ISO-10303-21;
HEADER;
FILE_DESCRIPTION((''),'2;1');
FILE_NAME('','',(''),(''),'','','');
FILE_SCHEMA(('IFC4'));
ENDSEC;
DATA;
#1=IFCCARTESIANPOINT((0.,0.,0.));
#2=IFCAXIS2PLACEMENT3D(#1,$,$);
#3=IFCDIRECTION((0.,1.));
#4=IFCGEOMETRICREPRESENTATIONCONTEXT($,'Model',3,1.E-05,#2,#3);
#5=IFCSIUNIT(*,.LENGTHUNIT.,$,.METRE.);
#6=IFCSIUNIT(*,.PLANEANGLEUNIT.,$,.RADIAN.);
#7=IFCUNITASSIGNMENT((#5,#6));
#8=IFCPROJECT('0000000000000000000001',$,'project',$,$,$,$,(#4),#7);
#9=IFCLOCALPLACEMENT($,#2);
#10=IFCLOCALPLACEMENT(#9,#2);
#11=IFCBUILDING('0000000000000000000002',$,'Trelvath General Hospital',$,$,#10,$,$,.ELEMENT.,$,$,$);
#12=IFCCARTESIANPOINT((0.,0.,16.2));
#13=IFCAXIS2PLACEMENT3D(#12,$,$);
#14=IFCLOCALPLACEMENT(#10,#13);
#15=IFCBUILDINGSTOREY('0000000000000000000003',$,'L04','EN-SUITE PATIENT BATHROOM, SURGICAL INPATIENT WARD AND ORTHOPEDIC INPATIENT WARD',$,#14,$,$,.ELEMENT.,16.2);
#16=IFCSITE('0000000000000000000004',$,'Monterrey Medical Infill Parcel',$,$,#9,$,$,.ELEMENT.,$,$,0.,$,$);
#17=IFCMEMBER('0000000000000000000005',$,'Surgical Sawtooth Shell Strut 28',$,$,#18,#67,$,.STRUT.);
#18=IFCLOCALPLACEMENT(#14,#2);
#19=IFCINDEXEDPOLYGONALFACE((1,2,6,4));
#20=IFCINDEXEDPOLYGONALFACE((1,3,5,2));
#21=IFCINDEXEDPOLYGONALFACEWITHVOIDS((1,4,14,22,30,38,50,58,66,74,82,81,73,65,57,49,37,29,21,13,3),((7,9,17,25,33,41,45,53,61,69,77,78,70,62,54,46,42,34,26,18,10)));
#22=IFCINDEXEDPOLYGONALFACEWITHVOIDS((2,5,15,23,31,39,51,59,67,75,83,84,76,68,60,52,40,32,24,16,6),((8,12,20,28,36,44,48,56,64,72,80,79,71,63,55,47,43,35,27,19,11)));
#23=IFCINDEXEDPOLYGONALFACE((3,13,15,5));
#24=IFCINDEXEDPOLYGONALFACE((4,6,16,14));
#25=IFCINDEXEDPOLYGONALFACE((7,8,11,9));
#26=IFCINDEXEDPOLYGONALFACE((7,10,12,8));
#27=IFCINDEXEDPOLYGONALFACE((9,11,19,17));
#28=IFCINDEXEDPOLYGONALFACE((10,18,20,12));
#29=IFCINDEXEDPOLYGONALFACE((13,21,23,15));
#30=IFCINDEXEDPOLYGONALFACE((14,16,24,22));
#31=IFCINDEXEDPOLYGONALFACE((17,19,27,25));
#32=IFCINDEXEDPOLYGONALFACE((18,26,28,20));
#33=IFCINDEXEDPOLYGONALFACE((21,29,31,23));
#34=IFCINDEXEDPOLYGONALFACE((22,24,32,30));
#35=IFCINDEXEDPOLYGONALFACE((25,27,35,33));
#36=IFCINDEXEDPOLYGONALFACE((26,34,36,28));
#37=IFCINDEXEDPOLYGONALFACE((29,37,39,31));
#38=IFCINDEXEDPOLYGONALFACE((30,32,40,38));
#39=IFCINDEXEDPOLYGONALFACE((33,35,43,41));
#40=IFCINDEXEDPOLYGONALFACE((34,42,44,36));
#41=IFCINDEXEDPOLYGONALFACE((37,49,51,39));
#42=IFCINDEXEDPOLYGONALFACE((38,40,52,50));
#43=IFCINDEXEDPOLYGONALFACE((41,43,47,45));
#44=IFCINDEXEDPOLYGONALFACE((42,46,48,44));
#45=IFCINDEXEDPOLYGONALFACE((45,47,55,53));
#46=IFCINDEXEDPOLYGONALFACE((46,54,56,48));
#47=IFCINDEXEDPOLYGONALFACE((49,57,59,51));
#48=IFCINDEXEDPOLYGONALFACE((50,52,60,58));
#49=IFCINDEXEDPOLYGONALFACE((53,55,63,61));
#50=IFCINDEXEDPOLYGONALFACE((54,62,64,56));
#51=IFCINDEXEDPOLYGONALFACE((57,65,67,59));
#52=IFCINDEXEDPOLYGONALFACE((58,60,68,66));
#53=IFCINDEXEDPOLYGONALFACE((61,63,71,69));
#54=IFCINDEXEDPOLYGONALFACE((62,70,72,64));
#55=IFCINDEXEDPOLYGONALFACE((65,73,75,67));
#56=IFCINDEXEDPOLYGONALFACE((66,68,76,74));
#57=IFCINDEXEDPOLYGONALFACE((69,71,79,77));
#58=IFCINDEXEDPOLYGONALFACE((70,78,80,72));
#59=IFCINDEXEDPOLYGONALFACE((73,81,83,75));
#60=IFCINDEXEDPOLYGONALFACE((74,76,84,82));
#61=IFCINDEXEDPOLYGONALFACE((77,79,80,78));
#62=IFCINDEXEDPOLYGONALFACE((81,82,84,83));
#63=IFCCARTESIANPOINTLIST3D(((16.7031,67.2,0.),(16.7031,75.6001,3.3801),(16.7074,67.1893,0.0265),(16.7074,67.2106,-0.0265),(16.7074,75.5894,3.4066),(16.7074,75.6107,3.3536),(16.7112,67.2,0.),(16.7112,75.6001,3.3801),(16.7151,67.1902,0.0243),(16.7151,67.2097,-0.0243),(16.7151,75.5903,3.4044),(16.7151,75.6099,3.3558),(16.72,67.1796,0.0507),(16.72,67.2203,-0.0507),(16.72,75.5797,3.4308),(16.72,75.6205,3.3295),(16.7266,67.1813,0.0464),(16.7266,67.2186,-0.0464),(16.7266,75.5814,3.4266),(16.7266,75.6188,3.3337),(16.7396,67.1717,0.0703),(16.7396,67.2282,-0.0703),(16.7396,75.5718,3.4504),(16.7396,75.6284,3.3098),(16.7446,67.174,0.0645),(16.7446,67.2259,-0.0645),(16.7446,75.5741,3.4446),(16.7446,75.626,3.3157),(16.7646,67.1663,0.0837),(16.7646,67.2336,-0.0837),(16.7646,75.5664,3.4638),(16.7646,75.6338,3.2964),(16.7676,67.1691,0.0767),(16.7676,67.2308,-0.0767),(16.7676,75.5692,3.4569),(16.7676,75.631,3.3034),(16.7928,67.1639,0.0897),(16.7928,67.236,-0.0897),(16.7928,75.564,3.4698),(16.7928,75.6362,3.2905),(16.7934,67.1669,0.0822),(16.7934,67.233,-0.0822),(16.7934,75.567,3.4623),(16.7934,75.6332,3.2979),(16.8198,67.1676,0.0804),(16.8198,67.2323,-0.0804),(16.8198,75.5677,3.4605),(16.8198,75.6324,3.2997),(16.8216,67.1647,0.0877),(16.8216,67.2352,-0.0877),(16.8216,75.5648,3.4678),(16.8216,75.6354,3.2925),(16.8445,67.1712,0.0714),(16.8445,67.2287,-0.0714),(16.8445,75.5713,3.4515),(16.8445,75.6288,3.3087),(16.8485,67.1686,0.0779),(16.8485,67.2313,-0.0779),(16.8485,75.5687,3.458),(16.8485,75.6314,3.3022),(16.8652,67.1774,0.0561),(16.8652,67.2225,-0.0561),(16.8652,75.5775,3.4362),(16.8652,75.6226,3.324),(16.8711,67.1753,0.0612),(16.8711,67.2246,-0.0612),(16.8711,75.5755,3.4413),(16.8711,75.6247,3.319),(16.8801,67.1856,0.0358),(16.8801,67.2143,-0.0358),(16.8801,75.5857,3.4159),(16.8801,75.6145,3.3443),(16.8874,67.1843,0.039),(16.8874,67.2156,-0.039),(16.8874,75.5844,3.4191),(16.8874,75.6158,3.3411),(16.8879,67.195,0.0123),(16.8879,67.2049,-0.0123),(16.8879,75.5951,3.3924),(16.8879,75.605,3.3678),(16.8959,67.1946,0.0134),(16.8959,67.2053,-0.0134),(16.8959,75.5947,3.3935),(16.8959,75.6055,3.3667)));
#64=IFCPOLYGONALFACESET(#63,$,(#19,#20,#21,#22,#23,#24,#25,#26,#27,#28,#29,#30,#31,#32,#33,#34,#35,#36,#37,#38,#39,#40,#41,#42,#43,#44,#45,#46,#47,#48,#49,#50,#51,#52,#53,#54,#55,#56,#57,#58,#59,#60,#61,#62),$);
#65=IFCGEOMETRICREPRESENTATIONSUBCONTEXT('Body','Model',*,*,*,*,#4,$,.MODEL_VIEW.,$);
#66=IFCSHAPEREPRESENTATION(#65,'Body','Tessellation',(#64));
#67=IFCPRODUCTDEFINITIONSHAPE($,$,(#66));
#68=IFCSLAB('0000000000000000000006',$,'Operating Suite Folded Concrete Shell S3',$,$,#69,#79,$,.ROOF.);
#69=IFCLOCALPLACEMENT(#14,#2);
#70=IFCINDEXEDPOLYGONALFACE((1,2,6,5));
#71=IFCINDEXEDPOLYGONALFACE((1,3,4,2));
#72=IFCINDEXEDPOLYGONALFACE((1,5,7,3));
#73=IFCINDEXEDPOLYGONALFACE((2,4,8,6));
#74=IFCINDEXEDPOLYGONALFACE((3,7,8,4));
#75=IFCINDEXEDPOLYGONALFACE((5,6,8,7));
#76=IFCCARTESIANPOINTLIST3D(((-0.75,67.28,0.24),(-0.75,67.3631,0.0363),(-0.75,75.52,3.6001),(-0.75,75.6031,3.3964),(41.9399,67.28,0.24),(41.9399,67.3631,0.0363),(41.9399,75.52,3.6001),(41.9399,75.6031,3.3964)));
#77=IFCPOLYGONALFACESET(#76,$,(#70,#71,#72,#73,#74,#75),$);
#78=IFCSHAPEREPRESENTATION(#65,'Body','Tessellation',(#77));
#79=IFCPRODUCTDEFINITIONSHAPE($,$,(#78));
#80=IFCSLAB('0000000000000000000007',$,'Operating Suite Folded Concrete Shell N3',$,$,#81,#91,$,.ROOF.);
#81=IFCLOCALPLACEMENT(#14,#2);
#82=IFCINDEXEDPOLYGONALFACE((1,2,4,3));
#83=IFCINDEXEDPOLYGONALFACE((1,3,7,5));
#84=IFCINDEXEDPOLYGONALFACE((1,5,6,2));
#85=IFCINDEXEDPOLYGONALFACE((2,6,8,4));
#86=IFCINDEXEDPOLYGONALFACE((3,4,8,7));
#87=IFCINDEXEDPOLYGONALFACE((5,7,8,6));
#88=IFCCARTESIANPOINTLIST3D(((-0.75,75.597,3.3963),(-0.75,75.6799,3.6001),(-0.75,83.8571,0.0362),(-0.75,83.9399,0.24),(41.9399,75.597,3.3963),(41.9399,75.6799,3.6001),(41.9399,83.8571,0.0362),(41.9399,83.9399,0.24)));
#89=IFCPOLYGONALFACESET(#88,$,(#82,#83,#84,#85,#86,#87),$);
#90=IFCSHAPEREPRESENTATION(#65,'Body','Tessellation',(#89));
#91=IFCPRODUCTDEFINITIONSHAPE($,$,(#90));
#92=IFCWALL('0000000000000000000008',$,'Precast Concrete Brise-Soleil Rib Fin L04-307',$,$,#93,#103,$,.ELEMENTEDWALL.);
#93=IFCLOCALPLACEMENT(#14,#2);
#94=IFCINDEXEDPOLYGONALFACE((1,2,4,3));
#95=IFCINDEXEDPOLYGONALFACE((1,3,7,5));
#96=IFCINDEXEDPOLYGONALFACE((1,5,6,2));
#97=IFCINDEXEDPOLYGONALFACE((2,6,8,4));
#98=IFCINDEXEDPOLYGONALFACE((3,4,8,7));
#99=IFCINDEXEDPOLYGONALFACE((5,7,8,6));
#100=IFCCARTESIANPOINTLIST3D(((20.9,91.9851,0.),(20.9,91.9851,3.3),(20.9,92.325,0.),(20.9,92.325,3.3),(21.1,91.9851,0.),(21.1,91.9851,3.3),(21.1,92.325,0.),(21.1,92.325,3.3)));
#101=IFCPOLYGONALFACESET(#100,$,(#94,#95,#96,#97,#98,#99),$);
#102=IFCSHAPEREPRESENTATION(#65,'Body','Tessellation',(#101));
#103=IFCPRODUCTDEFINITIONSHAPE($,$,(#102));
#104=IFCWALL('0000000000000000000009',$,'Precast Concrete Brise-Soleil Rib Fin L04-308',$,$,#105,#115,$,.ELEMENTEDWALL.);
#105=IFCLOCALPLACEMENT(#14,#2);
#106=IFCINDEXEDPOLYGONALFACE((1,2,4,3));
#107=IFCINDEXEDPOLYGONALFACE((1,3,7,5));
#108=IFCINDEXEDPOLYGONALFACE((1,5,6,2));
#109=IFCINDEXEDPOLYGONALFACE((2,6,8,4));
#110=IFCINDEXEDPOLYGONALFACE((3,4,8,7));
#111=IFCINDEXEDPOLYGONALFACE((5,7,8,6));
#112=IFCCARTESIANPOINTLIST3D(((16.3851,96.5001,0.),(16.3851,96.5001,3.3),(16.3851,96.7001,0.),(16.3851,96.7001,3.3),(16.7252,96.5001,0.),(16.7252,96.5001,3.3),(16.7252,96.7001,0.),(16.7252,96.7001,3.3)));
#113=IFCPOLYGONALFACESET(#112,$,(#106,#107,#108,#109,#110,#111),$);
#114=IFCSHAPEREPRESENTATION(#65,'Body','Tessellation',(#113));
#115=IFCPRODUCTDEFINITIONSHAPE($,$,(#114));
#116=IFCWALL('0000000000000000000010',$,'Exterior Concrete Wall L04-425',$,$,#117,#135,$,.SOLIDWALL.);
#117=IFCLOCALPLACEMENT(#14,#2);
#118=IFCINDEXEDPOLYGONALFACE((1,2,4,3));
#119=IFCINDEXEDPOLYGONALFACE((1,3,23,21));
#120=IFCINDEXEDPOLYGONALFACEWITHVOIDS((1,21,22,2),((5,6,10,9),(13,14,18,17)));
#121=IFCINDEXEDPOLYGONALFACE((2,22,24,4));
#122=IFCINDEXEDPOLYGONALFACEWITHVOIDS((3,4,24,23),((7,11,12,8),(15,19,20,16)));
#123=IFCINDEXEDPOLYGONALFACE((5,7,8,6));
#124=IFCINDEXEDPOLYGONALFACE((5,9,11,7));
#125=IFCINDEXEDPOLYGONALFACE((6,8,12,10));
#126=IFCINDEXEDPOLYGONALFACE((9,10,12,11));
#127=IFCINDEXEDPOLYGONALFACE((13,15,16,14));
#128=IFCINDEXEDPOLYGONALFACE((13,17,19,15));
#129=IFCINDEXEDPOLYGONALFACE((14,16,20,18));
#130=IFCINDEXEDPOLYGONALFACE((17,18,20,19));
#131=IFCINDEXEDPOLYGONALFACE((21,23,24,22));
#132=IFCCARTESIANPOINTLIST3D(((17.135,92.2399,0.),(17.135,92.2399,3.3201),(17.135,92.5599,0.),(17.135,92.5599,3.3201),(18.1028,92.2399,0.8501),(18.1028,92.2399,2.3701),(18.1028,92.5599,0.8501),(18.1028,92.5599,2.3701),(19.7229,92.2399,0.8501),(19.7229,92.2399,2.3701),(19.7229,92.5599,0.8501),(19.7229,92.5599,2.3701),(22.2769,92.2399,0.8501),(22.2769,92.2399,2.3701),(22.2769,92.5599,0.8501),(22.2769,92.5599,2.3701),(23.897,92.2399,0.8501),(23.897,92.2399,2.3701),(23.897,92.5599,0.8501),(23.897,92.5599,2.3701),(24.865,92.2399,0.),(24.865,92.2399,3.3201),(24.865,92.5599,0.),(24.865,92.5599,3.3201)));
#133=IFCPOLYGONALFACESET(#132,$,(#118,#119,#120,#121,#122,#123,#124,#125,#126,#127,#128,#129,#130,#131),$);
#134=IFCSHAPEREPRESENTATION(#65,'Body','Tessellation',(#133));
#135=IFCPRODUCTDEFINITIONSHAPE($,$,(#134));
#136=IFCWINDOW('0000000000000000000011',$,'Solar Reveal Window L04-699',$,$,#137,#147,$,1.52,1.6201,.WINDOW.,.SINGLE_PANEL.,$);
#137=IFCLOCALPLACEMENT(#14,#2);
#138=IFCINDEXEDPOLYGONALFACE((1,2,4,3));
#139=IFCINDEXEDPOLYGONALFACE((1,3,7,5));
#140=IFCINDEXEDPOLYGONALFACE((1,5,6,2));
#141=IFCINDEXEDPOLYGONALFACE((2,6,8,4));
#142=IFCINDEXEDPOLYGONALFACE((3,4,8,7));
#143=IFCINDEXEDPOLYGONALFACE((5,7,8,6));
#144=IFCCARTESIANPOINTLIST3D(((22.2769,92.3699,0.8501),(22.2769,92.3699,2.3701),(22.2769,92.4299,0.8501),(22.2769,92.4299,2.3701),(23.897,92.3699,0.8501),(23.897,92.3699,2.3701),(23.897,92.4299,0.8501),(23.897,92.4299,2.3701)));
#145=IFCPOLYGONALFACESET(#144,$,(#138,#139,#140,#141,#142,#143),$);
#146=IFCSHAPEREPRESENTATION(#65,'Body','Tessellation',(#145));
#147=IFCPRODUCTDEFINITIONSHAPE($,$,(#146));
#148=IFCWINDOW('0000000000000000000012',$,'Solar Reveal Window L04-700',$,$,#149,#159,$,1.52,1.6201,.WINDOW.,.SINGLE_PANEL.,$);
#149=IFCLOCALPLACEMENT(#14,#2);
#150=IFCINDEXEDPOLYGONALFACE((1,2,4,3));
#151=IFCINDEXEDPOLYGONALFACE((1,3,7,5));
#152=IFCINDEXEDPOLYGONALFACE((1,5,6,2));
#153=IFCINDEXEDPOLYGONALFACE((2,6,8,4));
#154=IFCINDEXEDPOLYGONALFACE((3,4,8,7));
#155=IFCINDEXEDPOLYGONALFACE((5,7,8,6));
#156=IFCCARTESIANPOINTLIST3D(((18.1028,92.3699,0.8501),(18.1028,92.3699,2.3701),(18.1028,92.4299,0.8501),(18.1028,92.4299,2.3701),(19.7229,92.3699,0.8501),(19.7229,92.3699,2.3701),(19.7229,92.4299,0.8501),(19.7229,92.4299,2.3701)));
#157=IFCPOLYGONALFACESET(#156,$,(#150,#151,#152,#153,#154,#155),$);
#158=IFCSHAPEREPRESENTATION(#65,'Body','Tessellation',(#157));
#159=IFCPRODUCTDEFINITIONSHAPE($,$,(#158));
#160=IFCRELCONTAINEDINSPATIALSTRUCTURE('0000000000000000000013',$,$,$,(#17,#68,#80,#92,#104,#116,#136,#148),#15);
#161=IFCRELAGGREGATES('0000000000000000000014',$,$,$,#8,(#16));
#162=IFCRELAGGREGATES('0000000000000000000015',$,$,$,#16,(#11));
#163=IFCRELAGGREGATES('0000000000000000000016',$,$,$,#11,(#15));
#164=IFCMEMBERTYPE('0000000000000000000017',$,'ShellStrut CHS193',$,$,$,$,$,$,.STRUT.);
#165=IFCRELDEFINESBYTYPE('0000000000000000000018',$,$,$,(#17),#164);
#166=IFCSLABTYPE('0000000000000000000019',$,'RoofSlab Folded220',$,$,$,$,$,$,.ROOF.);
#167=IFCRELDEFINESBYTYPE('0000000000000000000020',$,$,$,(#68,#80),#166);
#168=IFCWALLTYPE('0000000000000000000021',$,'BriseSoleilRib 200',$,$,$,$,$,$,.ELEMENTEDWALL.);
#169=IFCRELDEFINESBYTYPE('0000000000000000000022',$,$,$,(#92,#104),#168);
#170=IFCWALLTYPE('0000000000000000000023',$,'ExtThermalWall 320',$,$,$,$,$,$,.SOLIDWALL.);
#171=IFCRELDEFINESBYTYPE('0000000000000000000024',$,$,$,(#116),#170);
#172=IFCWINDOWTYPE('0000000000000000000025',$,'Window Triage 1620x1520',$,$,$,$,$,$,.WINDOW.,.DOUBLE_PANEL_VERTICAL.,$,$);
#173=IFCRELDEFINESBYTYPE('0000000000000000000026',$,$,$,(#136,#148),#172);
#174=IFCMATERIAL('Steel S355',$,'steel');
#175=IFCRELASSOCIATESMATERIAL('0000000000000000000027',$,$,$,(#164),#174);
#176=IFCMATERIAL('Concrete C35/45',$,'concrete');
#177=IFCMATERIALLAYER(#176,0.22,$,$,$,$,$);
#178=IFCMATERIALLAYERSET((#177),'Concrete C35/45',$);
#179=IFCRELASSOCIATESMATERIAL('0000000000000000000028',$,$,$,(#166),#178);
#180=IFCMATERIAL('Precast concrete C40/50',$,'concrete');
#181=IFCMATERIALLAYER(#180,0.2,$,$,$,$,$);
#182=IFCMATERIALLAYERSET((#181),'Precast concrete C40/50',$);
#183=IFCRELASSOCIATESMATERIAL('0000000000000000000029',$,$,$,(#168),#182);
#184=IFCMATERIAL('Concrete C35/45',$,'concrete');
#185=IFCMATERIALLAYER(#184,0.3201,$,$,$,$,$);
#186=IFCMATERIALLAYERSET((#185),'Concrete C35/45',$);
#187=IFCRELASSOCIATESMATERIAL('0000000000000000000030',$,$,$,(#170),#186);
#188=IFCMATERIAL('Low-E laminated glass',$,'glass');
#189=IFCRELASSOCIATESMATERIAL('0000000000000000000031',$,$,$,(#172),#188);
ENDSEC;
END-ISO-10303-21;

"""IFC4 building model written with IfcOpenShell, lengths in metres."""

from ifc_helpers import new_model, si_unit, direction, frame, frame_2d, origin, origin_2d, place, context, subcontext, project, spatial, polyline, rectangle, hollow_circle, outline, extrude, material, layer, layer_set, material_profile, profile_set, type_object, element, fill, save


model = new_model("IFC4")

# Units and contexts
model_context = context("Model", 3, precision=1e-05, world=origin(), true_north=direction((0.0, 1.0)))
body_context = subcontext(model_context, "Body", "Model", "MODEL_VIEW")
ifc_project = project(units=[si_unit("LENGTHUNIT", "METRE"), si_unit("PLANEANGLEUNIT", "RADIAN")], contexts=[model_context])

# Site, building, storey
site_placement = place(None, origin())
site = spatial("IfcSite", under=ifc_project, at=site_placement, Name="Monterrey Medical Infill Parcel", CompositionType="ELEMENT", RefElevation=0.0)
building_placement = place(site_placement, origin())
building = spatial("IfcBuilding", under=site, at=building_placement, Name="Trelvath General Hospital", CompositionType="ELEMENT")
storey_placement = place(building_placement, frame((0.0, 0.0, 16.2)))
storey = spatial("IfcBuildingStorey", under=building, at=storey_placement, Name="L04", Description="EN-SUITE PATIENT BATHROOM, SURGICAL INPATIENT WARD AND ORTHOPEDIC INPATIENT WARD", CompositionType="ELEMENT", Elevation=16.2)

# Member
ifc_material_1 = material(Name="Steel S355", Category="steel")
ifc_material_profile_1 = material_profile(ifc_material_1, hollow_circle(Radius=0.0969, WallThickness=0.0081, at=origin_2d()), Name="CHS193.7x8.0")
ifc_profile_set_1 = profile_set([ifc_material_profile_1], Name="Steel S355")
member_type = type_object("IfcMemberType", Name="ShellStrut CHS193", PredefinedType="STRUT", material=ifc_profile_set_1)
for number, where, z_axis, x_axis, name in (
    (1, (16.8, 67.2, 0.0), (0.0, 0.92771, 0.373301), (-1.0, 0.0, 0.0), "Surgical Sawtooth Shell Strut 28"),
):
    element("IfcMember", number, at=place(storey_placement, frame(where, z_axis=z_axis, x_axis=x_axis)), inside=storey, type_object=member_type, Name=name, PredefinedType="STRUT", context=body_context, shape_type="SweptSolid", body=[
        extrude(hollow_circle(Radius=0.0969, WallThickness=0.0081, at=origin_2d()), origin(), (0.0, 0.0, 1.0), 9.0547),
    ])

# Slabs
ifc_material_2 = material(Name="Concrete C35/45", Category="concrete")
ifc_layer_1 = layer(ifc_material_2, 0.22)
ifc_layer_set_1 = layer_set([ifc_layer_1], Name="Concrete C35/45")
slab_type = type_object("IfcSlabType", Name="RoofSlab Folded220", PredefinedType="ROOF", material=ifc_layer_set_1)
slab_1_placement = place(storey_placement, frame((-0.75, 67.28, 0.24), z_axis=(0.0, -0.377593, 0.925972), x_axis=(1.0, 0.0, 0.0)))
element("IfcSlab", 2, at=slab_1_placement, inside=storey, type_object=slab_type, Name="Operating Suite Folded Concrete Shell S3", PredefinedType="ROOF", context=body_context, shape_type="SweptSolid", body=[
    extrude(outline(polyline([(0.0, 0.0), (42.6899, 0.0), (42.6899, 8.8988), (0.0, 8.8988), (0.0, 0.0)])), origin(), (0.0, 0.0, -1.0), 0.22),
])
slab_2_placement = place(storey_placement, frame((-0.75, 75.6799, 3.6001), z_axis=(0.0, 0.376808, 0.926291), x_axis=(1.0, 0.0, 0.0)))
element("IfcSlab", 3, at=slab_2_placement, inside=storey, type_object=slab_type, Name="Operating Suite Folded Concrete Shell N3", PredefinedType="ROOF", context=body_context, shape_type="SweptSolid", body=[
    extrude(outline(polyline([(0.0, 0.0), (42.6899, 0.0), (42.6899, 8.9173), (0.0, 8.9173), (0.0, 0.0)])), origin(), (0.0, 0.0, -1.0), 0.22),
])

# Walls
ifc_material_3 = material(Name="Precast concrete C40/50", Category="concrete")
ifc_layer_2 = layer(ifc_material_3, 0.2)
ifc_layer_set_2 = layer_set([ifc_layer_2], Name="Precast concrete C40/50")
wall_type_1 = type_object("IfcWallType", Name="BriseSoleilRib 200", PredefinedType="ELEMENTEDWALL", material=ifc_layer_set_2)
wall_1_placement = place(storey_placement, frame((21.0, 92.325, 0.0), z_axis=(0.0, 0.0, 1.0), x_axis=(0.0, -1.0, 0.0)))
element("IfcWall", 4, at=wall_1_placement, inside=storey, type_object=wall_type_1, Name="Precast Concrete Brise-Soleil Rib Fin L04-307", PredefinedType="ELEMENTEDWALL", context=body_context, shape_type="SweptSolid", body=[
    extrude(rectangle(XDim=0.3398, YDim=0.2, at=frame_2d((0.1699, 0.0))), origin(), (0.0, 0.0, 1.0), 3.3),
])
wall_2_placement = place(storey_placement, frame((16.7251, 96.6001, 0.0), z_axis=(0.0, 0.0, 1.0), x_axis=(-1.0, 0.0, 0.0)))
element("IfcWall", 5, at=wall_2_placement, inside=storey, type_object=wall_type_1, Name="Precast Concrete Brise-Soleil Rib Fin L04-308", PredefinedType="ELEMENTEDWALL", context=body_context, shape_type="SweptSolid", body=[
    extrude(rectangle(XDim=0.3401, YDim=0.2, at=frame_2d((0.1699, 0.0))), origin(), (0.0, 0.0, 1.0), 3.3),
])

# Wall, openings, windows
ifc_material_4 = material(Name="Concrete C35/45", Category="concrete")
ifc_layer_3 = layer(ifc_material_4, 0.3201)
ifc_layer_set_3 = layer_set([ifc_layer_3], Name="Concrete C35/45")
wall_type_2 = type_object("IfcWallType", Name="ExtThermalWall 320", PredefinedType="SOLIDWALL", material=ifc_layer_set_3)
wall_3_placement = place(storey_placement, frame((24.865, 92.3999, 0.0), z_axis=(0.0, 0.0, 1.0), x_axis=(-1.0, 0.0, 0.0)))
wall_3 = element("IfcWall", 6, at=wall_3_placement, inside=storey, type_object=wall_type_2, Name="Exterior Concrete Wall L04-425", PredefinedType="SOLIDWALL", context=body_context, shape_type="SweptSolid", body=[
    extrude(rectangle(XDim=7.73, YDim=0.3201, at=frame_2d((3.865, 0.0))), origin(), (0.0, 0.0, 1.0), 3.3201),
])
opening_1_placement = place(wall_3_placement, frame((0.968, 0.0, 0.8501)))
opening_1 = element("IfcOpeningElement", 7, at=opening_1_placement, cuts=wall_3, PredefinedType="OPENING", context=body_context, shape_type="SweptSolid", body=[
    extrude(rectangle(XDim=1.6201, YDim=1.52, at=frame_2d((0.8101, 0.76))), frame((0.0, 0.1699, 0.0), z_axis=(0.0, -1.0, 0.0), x_axis=(1.0, 0.0, 0.0)), (0.0, 0.0, 1.0), 0.3401),
])
opening_2_placement = place(wall_3_placement, frame((5.1421, 0.0, 0.8501)))
opening_2 = element("IfcOpeningElement", 8, at=opening_2_placement, cuts=wall_3, PredefinedType="OPENING", context=body_context, shape_type="SweptSolid", body=[
    extrude(rectangle(XDim=1.6201, YDim=1.52, at=frame_2d((0.8101, 0.76))), frame((0.0, 0.1699, 0.0), z_axis=(0.0, -1.0, 0.0), x_axis=(1.0, 0.0, 0.0)), (0.0, 0.0, 1.0), 0.3401),
])
ifc_material_5 = material(Name="Low-E laminated glass", Category="glass")
window_type = type_object("IfcWindowType", Name="Window Triage 1620x1520", PartitioningType="DOUBLE_PANEL_VERTICAL", PredefinedType="WINDOW", material=ifc_material_5)
window_1_placement = place(opening_1_placement, origin())
window_1 = element("IfcWindow", 9, at=window_1_placement, inside=storey, type_object=window_type, Name="Solar Reveal Window L04-699", OverallHeight=1.52, OverallWidth=1.6201, PartitioningType="SINGLE_PANEL", PredefinedType="WINDOW", context=body_context, shape_type="SweptSolid", body=[
    extrude(rectangle(XDim=1.6201, YDim=1.52, at=frame_2d((0.8101, 0.76))), frame((0.0, 0.03, 0.0), z_axis=(0.0, -1.0, 0.0), x_axis=(1.0, 0.0, 0.0)), (0.0, 0.0, 1.0), 0.0601),
])
fill(opening_1, window_1)
window_2_placement = place(opening_2_placement, origin())
window_2 = element("IfcWindow", 10, at=window_2_placement, inside=storey, type_object=window_type, Name="Solar Reveal Window L04-700", OverallHeight=1.52, OverallWidth=1.6201, PartitioningType="SINGLE_PANEL", PredefinedType="WINDOW", context=body_context, shape_type="SweptSolid", body=[
    extrude(rectangle(XDim=1.6201, YDim=1.52, at=frame_2d((0.8101, 0.76))), frame((0.0, 0.03, 0.0), z_axis=(0.0, -1.0, 0.0), x_axis=(1.0, 0.0, 0.0)), (0.0, 0.0, 1.0), 0.0601),
])
fill(opening_2, window_2)

save(model, "model.ifc")
